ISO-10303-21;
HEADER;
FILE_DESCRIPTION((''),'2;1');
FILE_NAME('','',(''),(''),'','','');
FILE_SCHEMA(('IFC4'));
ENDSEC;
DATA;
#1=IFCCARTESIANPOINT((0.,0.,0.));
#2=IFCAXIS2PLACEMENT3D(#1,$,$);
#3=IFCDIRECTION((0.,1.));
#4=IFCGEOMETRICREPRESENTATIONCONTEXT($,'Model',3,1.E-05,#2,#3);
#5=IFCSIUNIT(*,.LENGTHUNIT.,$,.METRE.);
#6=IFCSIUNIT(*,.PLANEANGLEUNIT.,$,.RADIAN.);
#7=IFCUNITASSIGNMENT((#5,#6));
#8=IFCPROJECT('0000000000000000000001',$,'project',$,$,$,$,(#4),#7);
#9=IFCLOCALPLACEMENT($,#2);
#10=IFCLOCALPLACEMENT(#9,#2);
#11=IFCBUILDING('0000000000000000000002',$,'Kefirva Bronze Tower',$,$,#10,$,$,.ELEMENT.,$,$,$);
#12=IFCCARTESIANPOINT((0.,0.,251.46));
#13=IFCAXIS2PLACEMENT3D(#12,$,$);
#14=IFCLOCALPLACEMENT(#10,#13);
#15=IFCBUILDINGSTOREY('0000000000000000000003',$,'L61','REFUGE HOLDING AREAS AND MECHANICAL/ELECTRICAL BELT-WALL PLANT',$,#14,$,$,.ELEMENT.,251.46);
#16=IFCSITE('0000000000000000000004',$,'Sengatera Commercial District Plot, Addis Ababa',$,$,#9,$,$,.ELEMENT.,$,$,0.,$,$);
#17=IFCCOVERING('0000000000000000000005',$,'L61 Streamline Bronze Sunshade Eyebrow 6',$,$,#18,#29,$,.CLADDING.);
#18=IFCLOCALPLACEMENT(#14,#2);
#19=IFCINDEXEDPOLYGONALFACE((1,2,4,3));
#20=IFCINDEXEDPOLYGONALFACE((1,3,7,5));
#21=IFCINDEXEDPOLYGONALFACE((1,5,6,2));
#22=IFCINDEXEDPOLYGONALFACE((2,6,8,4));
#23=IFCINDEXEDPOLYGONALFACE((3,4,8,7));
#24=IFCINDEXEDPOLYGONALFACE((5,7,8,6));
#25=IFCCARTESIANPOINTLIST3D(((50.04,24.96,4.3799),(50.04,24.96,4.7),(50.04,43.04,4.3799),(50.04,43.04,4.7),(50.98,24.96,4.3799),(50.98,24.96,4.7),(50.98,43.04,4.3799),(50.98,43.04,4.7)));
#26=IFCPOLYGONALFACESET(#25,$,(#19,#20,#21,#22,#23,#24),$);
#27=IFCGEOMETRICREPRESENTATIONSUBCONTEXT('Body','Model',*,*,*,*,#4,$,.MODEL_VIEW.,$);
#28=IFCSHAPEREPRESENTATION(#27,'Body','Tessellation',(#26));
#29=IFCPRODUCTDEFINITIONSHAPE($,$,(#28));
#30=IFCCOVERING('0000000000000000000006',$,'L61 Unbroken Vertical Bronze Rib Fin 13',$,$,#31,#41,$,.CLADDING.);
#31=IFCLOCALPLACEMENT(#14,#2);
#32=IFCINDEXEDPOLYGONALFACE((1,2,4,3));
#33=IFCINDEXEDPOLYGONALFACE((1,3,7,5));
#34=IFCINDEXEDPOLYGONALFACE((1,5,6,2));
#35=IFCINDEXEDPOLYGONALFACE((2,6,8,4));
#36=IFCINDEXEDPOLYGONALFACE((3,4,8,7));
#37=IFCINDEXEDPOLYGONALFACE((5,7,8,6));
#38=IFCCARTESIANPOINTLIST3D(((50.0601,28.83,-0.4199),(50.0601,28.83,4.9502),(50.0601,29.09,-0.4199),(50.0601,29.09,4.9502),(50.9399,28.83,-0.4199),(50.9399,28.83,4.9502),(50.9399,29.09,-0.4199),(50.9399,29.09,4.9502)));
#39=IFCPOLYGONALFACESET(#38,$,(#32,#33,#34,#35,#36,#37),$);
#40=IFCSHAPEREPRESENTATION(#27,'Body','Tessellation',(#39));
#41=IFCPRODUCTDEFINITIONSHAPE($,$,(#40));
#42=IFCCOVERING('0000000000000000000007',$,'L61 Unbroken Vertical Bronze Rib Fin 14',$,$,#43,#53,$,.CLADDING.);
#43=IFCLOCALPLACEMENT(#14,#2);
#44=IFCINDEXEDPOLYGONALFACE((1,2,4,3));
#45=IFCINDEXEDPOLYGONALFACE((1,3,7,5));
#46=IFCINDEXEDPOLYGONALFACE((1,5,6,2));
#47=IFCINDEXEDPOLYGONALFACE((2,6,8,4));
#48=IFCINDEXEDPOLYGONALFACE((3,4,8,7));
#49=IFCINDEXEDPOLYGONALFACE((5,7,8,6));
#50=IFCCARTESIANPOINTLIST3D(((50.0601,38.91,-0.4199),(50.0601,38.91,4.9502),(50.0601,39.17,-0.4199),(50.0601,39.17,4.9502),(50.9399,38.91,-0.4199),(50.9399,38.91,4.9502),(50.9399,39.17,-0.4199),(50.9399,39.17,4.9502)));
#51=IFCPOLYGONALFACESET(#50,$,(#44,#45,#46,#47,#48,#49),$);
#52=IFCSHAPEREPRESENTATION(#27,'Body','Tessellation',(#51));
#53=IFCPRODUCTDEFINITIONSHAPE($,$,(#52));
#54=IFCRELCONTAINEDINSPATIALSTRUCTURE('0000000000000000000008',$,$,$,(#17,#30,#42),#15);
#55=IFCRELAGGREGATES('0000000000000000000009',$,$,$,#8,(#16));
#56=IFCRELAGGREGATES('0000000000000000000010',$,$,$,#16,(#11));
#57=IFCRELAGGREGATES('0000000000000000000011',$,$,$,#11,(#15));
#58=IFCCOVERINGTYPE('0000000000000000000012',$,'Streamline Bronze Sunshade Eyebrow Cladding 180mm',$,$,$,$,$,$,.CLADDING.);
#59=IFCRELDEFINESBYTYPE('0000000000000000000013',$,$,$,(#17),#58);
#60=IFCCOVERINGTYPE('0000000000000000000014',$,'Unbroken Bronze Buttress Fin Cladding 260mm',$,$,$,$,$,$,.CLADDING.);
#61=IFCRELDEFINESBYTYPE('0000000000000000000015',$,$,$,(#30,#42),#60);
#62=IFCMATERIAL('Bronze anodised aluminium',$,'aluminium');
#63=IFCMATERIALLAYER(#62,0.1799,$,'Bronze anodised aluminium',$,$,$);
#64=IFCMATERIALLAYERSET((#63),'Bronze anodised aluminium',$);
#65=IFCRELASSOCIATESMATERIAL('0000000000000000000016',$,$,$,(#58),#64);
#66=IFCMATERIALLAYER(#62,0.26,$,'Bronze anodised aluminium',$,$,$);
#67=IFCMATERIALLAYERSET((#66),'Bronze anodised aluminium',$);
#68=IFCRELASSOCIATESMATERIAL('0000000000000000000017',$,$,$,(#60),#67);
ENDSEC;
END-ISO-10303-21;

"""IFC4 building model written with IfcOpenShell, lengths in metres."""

from ifc_helpers import new_model, si_unit, direction, frame, origin, origin_2d, place, context, subcontext, project, spatial, rectangle, extrude, material, layer, layer_set, type_object, element, save


model = new_model("IFC4")

# Units and contexts
model_context = context("Model", 3, precision=1e-05, world=origin(), true_north=direction((0.0, 1.0)))
body_context = subcontext(model_context, "Body", "Model", "MODEL_VIEW")
ifc_project = project(units=[si_unit("LENGTHUNIT", "METRE"), si_unit("PLANEANGLEUNIT", "RADIAN")], contexts=[model_context])

# Site, building, storey
site_placement = place(None, origin())
site = spatial("IfcSite", under=ifc_project, at=site_placement, Name="Sengatera Commercial District Plot, Addis Ababa", CompositionType="ELEMENT", RefElevation=0.0)
building_placement = place(site_placement, origin())
building = spatial("IfcBuilding", under=site, at=building_placement, Name="Kefirva Bronze Tower", CompositionType="ELEMENT")
storey_placement = place(building_placement, frame((0.0, 0.0, 251.46)))
storey = spatial("IfcBuildingStorey", under=building, at=storey_placement, Name="L61", Description="REFUGE HOLDING AREAS AND MECHANICAL/ELECTRICAL BELT-WALL PLANT", CompositionType="ELEMENT", Elevation=251.46)

# Shared definitions
ifc_material_1 = material(Name="Bronze anodised aluminium", Category="aluminium")

# Coverings
ifc_layer_1 = layer(ifc_material_1, 0.1799, Name="Bronze anodised aluminium")
ifc_layer_set_1 = layer_set([ifc_layer_1], Name="Bronze anodised aluminium")
covering_type_1 = type_object("IfcCoveringType", Name="Streamline Bronze Sunshade Eyebrow Cladding 180mm", PredefinedType="CLADDING", material=ifc_layer_set_1)
covering_1_placement = place(storey_placement, frame((50.51, 34.0, 4.3799), z_axis=(0.0, 0.0, 1.0), x_axis=(0.0, 1.0, 0.0)))
element("IfcCovering", 1, at=covering_1_placement, inside=storey, type_object=covering_type_1, Name="L61 Streamline Bronze Sunshade Eyebrow 6", PredefinedType="CLADDING", context=body_context, shape_type="SweptSolid", body=[
    extrude(rectangle(XDim=18.0801, YDim=0.9399, at=origin_2d()), origin(), (0.0, 0.0, 1.0), 0.3201),
])
ifc_layer_2 = layer(ifc_material_1, 0.26, Name="Bronze anodised aluminium")
ifc_layer_set_2 = layer_set([ifc_layer_2], Name="Bronze anodised aluminium")
covering_type_2 = type_object("IfcCoveringType", Name="Unbroken Bronze Buttress Fin Cladding 260mm", PredefinedType="CLADDING", material=ifc_layer_set_2)
for number, where, z_axis, x_axis, name in (
    (2, (50.5, 28.96, -0.4199), (0.0, 0.0, 1.0), (0.0, 1.0, 0.0), "L61 Unbroken Vertical Bronze Rib Fin 13"),
    (3, (50.5, 39.04, -0.4199), (0.0, 0.0, 1.0), (0.0, 1.0, 0.0), "L61 Unbroken Vertical Bronze Rib Fin 14"),
):
    element("IfcCovering", number, at=place(storey_placement, frame(where, z_axis=z_axis, x_axis=x_axis)), inside=storey, type_object=covering_type_2, Name=name, PredefinedType="CLADDING", context=body_context, shape_type="SweptSolid", body=[
        extrude(rectangle(XDim=0.26, YDim=0.8799, at=origin_2d()), origin(), (0.0, 0.0, 1.0), 5.3701),
    ])

save(model, "model.ifc")
